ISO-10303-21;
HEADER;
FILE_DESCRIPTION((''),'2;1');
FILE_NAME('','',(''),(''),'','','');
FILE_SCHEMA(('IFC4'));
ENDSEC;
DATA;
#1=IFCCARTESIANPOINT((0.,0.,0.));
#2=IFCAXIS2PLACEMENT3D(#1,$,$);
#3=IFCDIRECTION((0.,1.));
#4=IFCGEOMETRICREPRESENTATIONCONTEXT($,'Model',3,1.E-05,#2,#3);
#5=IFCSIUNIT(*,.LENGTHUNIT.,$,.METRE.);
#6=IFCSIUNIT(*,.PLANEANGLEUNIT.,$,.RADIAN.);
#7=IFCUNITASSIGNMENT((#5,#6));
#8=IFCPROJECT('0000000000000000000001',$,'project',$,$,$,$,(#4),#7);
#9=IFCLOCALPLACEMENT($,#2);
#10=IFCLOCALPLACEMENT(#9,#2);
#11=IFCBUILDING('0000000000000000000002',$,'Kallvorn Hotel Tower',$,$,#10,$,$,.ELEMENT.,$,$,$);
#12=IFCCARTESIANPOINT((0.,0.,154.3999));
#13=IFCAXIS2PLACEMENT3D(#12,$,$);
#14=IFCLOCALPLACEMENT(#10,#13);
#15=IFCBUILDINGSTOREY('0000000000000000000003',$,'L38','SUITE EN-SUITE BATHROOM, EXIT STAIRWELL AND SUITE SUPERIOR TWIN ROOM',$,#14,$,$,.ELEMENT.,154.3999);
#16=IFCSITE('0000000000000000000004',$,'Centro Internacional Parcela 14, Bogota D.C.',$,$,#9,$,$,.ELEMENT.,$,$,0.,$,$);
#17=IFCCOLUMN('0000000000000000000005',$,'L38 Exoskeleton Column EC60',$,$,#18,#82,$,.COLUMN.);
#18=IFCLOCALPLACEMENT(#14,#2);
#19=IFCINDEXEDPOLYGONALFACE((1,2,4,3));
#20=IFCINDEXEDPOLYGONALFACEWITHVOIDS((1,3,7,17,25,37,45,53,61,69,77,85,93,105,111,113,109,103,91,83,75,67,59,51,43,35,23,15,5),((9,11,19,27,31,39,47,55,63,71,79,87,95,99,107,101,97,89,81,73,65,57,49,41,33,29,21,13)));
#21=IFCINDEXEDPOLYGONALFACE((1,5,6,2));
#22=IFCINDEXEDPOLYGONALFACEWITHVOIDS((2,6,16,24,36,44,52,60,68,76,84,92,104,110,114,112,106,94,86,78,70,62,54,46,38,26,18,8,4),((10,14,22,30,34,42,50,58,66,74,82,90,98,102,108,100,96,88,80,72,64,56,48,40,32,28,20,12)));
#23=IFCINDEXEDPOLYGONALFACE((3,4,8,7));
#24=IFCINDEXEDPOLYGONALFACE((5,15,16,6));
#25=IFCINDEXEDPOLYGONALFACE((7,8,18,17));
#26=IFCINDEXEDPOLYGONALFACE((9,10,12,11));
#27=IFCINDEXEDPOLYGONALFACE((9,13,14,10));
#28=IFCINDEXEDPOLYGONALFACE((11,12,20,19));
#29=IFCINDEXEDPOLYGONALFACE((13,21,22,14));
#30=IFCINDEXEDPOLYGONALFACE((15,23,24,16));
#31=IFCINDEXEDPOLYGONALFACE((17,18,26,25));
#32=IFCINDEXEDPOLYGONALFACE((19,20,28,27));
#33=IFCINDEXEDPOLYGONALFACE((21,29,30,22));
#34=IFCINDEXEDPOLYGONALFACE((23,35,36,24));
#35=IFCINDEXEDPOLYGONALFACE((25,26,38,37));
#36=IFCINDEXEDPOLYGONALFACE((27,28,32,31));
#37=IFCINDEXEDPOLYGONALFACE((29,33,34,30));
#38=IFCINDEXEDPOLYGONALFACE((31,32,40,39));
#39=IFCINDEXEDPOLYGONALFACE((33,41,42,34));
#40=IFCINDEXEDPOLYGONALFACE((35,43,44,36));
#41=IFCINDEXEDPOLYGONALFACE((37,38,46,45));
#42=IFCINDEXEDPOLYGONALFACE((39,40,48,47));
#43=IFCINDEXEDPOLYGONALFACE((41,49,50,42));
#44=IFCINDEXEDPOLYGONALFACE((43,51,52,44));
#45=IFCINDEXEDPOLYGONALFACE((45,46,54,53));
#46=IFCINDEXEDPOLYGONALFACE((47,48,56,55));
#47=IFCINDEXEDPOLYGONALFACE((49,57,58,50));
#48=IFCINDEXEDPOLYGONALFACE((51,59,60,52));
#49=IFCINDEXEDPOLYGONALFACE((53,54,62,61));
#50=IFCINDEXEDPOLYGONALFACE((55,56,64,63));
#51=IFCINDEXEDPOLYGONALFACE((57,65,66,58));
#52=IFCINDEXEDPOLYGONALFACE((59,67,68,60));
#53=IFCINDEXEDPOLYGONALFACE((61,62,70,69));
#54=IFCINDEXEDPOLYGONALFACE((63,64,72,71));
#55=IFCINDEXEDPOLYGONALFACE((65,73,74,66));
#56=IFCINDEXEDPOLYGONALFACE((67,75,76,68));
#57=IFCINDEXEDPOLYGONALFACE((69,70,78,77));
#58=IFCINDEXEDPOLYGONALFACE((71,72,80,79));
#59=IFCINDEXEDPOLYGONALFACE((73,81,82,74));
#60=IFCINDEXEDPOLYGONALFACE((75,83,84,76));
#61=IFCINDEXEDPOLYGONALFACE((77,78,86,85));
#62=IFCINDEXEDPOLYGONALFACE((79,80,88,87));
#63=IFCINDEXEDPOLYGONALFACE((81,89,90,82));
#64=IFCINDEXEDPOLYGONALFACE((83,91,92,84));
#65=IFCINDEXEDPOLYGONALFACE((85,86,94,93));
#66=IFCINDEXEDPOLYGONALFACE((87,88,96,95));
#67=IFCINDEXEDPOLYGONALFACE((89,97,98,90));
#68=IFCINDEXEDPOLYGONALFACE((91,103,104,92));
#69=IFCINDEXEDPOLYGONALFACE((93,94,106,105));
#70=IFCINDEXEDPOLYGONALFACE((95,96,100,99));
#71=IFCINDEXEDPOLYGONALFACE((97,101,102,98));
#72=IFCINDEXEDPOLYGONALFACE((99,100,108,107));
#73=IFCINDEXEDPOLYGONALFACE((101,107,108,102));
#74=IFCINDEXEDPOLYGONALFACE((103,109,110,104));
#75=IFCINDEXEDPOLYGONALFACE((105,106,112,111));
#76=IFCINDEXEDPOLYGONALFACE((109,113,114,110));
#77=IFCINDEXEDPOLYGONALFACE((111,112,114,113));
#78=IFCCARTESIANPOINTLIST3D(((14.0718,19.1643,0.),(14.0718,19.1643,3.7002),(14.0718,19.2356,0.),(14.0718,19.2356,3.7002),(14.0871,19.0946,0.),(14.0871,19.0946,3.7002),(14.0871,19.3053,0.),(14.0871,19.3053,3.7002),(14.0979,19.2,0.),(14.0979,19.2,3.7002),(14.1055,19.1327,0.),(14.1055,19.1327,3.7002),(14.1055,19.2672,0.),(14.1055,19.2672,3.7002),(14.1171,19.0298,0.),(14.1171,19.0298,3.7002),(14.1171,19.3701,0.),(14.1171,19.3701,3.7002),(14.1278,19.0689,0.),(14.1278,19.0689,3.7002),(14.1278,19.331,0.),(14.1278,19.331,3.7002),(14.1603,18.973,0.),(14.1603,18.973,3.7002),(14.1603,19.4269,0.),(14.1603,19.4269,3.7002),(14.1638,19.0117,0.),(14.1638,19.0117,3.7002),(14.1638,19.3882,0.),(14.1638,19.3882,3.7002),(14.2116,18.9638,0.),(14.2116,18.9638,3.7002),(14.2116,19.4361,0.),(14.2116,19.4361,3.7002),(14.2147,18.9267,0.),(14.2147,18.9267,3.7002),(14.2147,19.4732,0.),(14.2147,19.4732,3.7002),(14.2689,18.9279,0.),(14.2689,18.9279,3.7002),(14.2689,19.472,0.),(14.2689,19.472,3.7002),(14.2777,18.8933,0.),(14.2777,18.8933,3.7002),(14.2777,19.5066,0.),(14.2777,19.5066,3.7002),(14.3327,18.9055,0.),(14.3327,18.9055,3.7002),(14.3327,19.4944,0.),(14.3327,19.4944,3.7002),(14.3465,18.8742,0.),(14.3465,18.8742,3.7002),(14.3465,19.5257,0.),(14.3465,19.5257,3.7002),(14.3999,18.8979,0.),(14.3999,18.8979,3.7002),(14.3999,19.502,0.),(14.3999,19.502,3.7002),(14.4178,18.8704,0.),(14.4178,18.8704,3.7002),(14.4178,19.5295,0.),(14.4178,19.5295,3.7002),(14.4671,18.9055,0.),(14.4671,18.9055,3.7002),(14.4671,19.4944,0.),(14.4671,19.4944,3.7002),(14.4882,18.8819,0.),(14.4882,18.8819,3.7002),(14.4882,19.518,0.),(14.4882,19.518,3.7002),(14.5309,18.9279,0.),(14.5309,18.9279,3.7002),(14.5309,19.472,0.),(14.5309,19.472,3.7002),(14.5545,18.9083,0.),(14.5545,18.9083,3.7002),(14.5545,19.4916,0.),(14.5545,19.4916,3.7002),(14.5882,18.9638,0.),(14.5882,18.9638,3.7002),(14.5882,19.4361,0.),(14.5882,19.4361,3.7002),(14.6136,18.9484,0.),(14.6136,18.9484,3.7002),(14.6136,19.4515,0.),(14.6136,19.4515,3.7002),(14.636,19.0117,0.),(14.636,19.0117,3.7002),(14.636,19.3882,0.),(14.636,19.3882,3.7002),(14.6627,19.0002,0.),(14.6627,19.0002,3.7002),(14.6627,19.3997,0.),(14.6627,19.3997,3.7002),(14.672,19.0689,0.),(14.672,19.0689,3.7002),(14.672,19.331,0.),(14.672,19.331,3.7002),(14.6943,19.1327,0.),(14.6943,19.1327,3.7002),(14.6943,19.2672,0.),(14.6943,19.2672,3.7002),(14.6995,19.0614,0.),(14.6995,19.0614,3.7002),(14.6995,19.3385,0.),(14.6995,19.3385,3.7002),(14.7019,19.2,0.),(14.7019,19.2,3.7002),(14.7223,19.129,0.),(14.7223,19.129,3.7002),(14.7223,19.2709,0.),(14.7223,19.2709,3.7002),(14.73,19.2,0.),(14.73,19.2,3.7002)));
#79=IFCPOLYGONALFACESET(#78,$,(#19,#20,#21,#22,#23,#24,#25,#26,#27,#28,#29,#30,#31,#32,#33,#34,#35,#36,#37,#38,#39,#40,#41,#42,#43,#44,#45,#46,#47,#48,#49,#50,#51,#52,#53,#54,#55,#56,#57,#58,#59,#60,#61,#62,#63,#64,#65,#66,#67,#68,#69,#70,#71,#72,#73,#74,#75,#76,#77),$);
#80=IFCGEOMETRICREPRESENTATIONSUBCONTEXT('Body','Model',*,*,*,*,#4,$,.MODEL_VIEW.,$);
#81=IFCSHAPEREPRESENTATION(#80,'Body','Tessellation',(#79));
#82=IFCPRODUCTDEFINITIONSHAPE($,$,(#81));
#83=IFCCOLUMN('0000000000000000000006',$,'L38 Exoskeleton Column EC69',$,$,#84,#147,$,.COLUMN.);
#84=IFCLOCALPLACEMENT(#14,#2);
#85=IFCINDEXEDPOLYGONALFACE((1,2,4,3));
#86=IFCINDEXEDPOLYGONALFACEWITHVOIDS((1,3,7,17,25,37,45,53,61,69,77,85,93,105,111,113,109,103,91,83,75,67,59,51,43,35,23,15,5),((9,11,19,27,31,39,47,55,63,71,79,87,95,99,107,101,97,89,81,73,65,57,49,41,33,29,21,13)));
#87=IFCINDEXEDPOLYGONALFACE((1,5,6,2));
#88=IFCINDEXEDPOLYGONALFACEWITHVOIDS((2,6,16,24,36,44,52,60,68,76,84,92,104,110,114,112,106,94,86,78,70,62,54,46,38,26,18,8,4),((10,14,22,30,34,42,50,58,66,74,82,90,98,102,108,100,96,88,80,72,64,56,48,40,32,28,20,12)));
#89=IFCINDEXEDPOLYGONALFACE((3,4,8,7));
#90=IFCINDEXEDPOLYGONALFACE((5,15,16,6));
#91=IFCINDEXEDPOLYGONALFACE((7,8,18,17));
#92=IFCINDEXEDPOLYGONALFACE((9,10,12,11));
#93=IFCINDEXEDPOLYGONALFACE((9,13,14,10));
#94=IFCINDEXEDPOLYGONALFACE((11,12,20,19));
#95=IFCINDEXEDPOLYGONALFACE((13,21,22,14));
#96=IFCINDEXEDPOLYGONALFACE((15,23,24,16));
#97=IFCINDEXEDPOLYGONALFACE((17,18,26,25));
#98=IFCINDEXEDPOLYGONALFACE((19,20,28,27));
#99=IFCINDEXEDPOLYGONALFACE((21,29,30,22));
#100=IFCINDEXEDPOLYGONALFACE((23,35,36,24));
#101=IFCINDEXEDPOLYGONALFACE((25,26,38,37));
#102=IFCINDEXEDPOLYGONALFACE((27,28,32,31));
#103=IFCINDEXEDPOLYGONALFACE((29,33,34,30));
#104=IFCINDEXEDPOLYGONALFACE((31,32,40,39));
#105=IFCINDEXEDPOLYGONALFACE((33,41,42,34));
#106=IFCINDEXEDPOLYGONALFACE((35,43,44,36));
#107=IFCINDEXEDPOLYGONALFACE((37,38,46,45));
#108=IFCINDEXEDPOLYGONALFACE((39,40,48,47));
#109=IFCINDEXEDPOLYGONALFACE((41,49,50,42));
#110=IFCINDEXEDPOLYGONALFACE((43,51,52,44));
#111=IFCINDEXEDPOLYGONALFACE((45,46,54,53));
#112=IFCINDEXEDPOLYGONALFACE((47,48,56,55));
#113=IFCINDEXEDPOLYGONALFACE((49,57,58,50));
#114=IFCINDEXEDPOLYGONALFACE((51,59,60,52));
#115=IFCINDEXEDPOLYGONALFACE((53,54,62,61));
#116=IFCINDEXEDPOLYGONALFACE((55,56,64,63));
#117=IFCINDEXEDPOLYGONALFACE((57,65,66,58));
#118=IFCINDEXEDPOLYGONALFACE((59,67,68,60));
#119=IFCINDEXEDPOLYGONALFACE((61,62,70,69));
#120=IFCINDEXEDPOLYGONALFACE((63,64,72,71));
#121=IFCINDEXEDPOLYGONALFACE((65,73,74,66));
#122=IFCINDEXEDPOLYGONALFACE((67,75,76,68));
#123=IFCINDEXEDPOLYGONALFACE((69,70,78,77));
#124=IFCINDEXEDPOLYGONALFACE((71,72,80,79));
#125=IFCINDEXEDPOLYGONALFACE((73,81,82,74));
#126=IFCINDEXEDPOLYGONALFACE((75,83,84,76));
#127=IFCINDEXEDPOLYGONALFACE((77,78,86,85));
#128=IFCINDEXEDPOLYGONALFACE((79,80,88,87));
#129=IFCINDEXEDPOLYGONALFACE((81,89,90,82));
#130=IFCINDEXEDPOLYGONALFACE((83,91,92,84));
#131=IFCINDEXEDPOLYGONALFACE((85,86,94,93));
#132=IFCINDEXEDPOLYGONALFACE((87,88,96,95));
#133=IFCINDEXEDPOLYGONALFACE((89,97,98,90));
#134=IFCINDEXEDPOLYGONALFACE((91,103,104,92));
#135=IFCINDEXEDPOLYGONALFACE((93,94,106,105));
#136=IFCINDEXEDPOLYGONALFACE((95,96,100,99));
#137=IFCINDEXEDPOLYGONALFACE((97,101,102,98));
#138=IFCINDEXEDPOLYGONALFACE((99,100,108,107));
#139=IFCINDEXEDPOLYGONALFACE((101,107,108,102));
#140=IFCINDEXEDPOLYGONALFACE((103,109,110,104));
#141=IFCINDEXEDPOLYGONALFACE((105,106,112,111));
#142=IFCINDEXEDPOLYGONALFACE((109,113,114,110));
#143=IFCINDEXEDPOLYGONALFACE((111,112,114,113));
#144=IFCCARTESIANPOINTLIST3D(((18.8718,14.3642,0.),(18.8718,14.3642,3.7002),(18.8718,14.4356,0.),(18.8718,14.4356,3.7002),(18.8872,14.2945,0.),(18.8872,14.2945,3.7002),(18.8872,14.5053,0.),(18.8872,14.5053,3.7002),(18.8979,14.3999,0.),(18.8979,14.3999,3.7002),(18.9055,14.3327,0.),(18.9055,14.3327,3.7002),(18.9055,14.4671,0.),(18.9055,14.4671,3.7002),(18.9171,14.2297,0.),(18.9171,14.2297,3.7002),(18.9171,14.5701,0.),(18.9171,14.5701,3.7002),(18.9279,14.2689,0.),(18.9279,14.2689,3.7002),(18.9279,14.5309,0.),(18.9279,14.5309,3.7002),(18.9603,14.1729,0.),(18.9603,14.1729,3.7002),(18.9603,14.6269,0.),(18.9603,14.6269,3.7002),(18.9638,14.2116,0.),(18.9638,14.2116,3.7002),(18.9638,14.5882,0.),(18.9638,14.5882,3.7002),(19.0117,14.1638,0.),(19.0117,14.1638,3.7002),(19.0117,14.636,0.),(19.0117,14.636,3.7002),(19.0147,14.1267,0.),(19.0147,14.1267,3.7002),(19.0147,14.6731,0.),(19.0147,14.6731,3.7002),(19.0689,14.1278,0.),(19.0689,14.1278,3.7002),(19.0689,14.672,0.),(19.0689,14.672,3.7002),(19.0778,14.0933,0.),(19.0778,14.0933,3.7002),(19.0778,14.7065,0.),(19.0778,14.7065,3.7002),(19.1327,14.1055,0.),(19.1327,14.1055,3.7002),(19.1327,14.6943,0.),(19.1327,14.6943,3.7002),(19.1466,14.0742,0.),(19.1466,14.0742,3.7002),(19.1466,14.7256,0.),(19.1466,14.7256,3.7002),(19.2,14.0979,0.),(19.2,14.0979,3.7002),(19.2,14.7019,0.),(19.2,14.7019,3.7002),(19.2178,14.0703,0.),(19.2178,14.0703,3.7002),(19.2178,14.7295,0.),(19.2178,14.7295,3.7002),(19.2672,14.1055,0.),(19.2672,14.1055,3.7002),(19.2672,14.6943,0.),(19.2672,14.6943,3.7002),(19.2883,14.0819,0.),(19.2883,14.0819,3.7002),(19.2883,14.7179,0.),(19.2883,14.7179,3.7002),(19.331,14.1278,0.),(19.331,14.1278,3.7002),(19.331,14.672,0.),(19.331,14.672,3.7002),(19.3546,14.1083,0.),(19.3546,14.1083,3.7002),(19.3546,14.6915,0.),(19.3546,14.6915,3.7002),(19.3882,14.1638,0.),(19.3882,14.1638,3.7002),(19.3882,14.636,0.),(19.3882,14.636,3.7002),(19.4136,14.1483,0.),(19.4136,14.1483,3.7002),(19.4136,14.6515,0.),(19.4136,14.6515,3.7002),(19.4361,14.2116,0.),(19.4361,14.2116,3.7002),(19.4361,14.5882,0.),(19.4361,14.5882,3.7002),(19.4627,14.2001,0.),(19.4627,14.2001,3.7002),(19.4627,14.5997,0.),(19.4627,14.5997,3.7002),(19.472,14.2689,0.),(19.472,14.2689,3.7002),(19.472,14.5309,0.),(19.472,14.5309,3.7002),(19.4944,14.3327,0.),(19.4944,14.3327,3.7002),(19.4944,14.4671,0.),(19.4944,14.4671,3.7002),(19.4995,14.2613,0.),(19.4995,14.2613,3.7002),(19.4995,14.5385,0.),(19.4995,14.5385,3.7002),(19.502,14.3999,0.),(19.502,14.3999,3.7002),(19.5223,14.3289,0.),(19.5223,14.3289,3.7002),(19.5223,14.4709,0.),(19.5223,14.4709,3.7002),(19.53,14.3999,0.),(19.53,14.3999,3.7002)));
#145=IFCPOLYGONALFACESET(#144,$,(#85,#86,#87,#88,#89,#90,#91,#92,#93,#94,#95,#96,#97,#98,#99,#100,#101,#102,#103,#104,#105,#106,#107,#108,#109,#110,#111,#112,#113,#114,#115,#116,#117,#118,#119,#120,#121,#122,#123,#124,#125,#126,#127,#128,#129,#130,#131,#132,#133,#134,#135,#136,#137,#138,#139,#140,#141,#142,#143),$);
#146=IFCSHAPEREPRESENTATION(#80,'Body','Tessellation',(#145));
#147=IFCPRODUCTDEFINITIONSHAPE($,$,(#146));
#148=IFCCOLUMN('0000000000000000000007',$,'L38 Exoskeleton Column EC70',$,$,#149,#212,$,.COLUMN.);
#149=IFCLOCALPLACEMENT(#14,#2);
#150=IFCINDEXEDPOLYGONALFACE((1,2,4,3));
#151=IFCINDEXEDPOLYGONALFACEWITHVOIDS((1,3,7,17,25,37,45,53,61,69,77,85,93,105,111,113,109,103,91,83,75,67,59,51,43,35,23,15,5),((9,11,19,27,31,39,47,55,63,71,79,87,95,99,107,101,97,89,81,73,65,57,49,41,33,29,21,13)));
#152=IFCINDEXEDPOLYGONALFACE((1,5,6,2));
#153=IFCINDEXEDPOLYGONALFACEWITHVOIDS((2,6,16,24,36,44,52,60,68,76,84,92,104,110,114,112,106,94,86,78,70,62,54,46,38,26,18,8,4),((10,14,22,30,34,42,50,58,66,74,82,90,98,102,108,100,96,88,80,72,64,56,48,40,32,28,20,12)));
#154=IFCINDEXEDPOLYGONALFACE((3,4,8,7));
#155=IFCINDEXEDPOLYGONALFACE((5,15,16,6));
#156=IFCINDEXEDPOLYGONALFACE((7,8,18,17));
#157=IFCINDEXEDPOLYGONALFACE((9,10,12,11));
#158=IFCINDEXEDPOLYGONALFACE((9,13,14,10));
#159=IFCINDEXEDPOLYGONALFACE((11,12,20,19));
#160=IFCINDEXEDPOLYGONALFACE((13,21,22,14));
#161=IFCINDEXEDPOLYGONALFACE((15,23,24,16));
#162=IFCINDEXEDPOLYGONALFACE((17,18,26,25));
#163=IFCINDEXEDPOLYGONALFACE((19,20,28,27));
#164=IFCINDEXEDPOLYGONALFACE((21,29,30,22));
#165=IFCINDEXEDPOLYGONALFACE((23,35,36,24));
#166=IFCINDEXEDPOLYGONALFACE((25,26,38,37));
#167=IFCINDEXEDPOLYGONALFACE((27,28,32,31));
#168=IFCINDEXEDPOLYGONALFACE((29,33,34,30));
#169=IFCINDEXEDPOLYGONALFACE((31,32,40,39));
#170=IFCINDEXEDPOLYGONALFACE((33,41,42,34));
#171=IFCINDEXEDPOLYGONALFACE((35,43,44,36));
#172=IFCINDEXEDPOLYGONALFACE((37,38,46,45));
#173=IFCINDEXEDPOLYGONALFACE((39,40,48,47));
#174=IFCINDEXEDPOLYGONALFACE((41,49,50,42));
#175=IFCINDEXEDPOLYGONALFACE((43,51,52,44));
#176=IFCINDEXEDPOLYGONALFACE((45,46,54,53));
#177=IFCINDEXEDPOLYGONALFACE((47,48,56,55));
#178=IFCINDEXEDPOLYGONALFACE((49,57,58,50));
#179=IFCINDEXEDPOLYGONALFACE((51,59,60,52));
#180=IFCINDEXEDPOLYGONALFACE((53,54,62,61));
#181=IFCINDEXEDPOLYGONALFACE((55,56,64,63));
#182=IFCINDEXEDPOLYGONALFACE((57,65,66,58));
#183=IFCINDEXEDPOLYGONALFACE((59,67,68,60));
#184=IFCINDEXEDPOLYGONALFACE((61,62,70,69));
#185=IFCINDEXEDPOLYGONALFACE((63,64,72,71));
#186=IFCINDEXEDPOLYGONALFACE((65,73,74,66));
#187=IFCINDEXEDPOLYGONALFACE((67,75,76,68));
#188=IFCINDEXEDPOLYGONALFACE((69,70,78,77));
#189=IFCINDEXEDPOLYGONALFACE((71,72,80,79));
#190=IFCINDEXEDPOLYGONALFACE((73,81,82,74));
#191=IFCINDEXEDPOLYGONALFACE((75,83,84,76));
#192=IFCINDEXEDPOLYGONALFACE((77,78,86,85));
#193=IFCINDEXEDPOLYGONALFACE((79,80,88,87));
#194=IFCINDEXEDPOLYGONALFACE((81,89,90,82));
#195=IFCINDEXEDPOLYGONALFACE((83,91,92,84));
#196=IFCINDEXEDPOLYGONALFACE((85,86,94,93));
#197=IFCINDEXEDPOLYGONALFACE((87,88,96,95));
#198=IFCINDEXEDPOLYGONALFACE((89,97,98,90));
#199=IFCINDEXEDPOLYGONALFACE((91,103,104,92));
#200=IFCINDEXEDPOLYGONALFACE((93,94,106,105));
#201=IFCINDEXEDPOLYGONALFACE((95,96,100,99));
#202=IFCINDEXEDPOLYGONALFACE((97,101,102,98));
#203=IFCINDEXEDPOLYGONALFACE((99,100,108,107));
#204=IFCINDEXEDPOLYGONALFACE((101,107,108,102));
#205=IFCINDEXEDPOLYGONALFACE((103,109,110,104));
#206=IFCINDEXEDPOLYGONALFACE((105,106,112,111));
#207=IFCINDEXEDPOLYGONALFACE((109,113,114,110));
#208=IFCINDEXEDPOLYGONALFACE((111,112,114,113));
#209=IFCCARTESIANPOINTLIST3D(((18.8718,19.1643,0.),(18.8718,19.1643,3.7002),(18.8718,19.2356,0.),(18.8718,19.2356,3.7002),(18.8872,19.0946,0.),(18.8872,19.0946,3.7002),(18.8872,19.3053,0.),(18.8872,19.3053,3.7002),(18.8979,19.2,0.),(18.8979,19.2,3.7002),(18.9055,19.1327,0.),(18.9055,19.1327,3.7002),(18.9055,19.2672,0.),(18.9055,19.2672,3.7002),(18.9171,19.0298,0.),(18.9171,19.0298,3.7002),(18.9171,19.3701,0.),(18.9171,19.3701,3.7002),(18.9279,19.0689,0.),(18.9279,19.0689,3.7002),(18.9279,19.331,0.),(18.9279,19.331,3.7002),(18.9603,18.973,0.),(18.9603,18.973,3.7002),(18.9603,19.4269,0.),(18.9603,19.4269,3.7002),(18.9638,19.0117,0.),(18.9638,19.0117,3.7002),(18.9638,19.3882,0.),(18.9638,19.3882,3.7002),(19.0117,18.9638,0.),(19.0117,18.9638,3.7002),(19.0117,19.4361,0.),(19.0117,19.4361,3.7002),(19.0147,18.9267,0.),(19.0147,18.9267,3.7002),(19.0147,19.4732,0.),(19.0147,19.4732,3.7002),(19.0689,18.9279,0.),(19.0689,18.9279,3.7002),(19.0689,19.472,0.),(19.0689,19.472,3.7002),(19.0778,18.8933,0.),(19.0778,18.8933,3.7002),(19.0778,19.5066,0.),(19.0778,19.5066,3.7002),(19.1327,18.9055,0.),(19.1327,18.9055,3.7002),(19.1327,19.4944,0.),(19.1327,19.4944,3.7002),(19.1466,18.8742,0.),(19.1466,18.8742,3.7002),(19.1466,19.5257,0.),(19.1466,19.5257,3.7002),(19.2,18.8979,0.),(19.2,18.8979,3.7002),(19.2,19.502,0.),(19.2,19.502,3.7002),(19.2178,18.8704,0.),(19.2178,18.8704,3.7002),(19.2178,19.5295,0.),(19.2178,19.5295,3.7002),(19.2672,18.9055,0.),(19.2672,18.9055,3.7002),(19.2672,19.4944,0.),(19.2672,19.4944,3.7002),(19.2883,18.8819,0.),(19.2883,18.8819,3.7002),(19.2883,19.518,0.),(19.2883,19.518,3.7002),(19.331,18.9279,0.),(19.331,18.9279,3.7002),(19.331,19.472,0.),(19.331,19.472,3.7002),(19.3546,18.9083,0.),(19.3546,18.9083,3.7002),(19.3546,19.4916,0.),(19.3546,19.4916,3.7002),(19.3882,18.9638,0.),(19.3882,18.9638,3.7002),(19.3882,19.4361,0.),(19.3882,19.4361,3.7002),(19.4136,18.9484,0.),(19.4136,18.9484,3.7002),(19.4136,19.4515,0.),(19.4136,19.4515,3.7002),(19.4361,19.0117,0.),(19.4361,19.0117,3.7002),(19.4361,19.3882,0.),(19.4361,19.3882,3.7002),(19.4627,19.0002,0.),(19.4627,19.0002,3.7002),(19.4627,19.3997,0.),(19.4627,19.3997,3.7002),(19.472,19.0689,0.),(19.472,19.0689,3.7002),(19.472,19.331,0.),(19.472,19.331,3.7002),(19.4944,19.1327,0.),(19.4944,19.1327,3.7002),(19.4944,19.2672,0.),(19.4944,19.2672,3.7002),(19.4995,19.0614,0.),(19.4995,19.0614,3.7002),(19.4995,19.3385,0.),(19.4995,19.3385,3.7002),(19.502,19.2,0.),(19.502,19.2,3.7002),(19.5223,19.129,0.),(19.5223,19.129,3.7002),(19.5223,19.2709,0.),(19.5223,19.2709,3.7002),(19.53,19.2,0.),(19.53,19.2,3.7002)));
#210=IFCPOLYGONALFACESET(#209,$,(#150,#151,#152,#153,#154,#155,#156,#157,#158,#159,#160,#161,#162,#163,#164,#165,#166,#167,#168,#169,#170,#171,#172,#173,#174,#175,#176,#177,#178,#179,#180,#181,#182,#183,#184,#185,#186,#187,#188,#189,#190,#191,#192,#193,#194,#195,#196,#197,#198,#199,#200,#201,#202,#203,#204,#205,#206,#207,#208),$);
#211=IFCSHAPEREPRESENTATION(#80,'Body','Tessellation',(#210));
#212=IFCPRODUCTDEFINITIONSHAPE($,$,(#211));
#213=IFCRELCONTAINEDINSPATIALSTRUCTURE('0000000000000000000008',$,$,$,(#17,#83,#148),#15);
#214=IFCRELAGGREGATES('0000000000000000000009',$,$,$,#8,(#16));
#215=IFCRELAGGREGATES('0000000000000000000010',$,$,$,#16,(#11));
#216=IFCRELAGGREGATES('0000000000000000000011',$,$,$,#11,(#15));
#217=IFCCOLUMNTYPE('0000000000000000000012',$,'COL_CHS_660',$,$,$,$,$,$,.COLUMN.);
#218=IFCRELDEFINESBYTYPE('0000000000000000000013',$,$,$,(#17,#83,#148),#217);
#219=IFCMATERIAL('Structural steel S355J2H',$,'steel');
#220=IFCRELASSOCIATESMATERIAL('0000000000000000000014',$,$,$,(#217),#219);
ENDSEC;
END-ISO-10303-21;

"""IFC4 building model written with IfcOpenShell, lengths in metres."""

from ifc_helpers import new_model, si_unit, direction, frame, origin, origin_2d, place, context, subcontext, project, spatial, hollow_circle, extrude, material, material_profile, profile_set, type_object, element, save


model = new_model("IFC4")

# Units and contexts
model_context = context("Model", 3, precision=1e-05, world=origin(), true_north=direction((0.0, 1.0)))
body_context = subcontext(model_context, "Body", "Model", "MODEL_VIEW")
ifc_project = project(units=[si_unit("LENGTHUNIT", "METRE"), si_unit("PLANEANGLEUNIT", "RADIAN")], contexts=[model_context])

# Site, building, storey
site_placement = place(None, origin())
site = spatial("IfcSite", under=ifc_project, at=site_placement, Name="Centro Internacional Parcela 14, Bogota D.C.", CompositionType="ELEMENT", RefElevation=0.0)
building_placement = place(site_placement, origin())
building = spatial("IfcBuilding", under=site, at=building_placement, Name="Kallvorn Hotel Tower", CompositionType="ELEMENT")
storey_placement = place(building_placement, frame((0.0, 0.0, 154.3999)))
storey = spatial("IfcBuildingStorey", under=building, at=storey_placement, Name="L38", Description="SUITE EN-SUITE BATHROOM, EXIT STAIRWELL AND SUITE SUPERIOR TWIN ROOM", CompositionType="ELEMENT", Elevation=154.3999)

# Columns
ifc_material_1 = material(Name="Structural steel S355J2H", Category="steel")
ifc_material_profile_1 = material_profile(ifc_material_1, hollow_circle(Radius=0.3301, WallThickness=0.0281, at=origin_2d()), Name="CHS 660x28")
ifc_profile_set_1 = profile_set([ifc_material_profile_1], Name="Structural steel S355J2H")
column_type_1 = type_object("IfcColumnType", Name="COL_CHS_660", PredefinedType="COLUMN", material=ifc_profile_set_1)
for number, where, z_axis, x_axis, name in (
    (1, (14.3999, 19.2, 0.0), (0.0, 0.0, 1.0), (1.0, 0.0, 0.0), "L38 Exoskeleton Column EC60"),
    (2, (19.2, 14.3999, 0.0), (0.0, 0.0, 1.0), (1.0, 0.0, 0.0), "L38 Exoskeleton Column EC69"),
    (3, (19.2, 19.2, 0.0), (0.0, 0.0, 1.0), (1.0, 0.0, 0.0), "L38 Exoskeleton Column EC70"),
):
    element("IfcColumn", number, at=place(storey_placement, frame(where, z_axis=z_axis, x_axis=x_axis)), inside=storey, type_object=column_type_1, Name=name, PredefinedType="COLUMN", context=body_context, shape_type="SweptSolid", body=[
        extrude(hollow_circle(Radius=0.3301, WallThickness=0.0281, at=origin_2d()), origin(), (0.0, 0.0, 1.0), 3.7002),
    ])

save(model, "model.ifc")
